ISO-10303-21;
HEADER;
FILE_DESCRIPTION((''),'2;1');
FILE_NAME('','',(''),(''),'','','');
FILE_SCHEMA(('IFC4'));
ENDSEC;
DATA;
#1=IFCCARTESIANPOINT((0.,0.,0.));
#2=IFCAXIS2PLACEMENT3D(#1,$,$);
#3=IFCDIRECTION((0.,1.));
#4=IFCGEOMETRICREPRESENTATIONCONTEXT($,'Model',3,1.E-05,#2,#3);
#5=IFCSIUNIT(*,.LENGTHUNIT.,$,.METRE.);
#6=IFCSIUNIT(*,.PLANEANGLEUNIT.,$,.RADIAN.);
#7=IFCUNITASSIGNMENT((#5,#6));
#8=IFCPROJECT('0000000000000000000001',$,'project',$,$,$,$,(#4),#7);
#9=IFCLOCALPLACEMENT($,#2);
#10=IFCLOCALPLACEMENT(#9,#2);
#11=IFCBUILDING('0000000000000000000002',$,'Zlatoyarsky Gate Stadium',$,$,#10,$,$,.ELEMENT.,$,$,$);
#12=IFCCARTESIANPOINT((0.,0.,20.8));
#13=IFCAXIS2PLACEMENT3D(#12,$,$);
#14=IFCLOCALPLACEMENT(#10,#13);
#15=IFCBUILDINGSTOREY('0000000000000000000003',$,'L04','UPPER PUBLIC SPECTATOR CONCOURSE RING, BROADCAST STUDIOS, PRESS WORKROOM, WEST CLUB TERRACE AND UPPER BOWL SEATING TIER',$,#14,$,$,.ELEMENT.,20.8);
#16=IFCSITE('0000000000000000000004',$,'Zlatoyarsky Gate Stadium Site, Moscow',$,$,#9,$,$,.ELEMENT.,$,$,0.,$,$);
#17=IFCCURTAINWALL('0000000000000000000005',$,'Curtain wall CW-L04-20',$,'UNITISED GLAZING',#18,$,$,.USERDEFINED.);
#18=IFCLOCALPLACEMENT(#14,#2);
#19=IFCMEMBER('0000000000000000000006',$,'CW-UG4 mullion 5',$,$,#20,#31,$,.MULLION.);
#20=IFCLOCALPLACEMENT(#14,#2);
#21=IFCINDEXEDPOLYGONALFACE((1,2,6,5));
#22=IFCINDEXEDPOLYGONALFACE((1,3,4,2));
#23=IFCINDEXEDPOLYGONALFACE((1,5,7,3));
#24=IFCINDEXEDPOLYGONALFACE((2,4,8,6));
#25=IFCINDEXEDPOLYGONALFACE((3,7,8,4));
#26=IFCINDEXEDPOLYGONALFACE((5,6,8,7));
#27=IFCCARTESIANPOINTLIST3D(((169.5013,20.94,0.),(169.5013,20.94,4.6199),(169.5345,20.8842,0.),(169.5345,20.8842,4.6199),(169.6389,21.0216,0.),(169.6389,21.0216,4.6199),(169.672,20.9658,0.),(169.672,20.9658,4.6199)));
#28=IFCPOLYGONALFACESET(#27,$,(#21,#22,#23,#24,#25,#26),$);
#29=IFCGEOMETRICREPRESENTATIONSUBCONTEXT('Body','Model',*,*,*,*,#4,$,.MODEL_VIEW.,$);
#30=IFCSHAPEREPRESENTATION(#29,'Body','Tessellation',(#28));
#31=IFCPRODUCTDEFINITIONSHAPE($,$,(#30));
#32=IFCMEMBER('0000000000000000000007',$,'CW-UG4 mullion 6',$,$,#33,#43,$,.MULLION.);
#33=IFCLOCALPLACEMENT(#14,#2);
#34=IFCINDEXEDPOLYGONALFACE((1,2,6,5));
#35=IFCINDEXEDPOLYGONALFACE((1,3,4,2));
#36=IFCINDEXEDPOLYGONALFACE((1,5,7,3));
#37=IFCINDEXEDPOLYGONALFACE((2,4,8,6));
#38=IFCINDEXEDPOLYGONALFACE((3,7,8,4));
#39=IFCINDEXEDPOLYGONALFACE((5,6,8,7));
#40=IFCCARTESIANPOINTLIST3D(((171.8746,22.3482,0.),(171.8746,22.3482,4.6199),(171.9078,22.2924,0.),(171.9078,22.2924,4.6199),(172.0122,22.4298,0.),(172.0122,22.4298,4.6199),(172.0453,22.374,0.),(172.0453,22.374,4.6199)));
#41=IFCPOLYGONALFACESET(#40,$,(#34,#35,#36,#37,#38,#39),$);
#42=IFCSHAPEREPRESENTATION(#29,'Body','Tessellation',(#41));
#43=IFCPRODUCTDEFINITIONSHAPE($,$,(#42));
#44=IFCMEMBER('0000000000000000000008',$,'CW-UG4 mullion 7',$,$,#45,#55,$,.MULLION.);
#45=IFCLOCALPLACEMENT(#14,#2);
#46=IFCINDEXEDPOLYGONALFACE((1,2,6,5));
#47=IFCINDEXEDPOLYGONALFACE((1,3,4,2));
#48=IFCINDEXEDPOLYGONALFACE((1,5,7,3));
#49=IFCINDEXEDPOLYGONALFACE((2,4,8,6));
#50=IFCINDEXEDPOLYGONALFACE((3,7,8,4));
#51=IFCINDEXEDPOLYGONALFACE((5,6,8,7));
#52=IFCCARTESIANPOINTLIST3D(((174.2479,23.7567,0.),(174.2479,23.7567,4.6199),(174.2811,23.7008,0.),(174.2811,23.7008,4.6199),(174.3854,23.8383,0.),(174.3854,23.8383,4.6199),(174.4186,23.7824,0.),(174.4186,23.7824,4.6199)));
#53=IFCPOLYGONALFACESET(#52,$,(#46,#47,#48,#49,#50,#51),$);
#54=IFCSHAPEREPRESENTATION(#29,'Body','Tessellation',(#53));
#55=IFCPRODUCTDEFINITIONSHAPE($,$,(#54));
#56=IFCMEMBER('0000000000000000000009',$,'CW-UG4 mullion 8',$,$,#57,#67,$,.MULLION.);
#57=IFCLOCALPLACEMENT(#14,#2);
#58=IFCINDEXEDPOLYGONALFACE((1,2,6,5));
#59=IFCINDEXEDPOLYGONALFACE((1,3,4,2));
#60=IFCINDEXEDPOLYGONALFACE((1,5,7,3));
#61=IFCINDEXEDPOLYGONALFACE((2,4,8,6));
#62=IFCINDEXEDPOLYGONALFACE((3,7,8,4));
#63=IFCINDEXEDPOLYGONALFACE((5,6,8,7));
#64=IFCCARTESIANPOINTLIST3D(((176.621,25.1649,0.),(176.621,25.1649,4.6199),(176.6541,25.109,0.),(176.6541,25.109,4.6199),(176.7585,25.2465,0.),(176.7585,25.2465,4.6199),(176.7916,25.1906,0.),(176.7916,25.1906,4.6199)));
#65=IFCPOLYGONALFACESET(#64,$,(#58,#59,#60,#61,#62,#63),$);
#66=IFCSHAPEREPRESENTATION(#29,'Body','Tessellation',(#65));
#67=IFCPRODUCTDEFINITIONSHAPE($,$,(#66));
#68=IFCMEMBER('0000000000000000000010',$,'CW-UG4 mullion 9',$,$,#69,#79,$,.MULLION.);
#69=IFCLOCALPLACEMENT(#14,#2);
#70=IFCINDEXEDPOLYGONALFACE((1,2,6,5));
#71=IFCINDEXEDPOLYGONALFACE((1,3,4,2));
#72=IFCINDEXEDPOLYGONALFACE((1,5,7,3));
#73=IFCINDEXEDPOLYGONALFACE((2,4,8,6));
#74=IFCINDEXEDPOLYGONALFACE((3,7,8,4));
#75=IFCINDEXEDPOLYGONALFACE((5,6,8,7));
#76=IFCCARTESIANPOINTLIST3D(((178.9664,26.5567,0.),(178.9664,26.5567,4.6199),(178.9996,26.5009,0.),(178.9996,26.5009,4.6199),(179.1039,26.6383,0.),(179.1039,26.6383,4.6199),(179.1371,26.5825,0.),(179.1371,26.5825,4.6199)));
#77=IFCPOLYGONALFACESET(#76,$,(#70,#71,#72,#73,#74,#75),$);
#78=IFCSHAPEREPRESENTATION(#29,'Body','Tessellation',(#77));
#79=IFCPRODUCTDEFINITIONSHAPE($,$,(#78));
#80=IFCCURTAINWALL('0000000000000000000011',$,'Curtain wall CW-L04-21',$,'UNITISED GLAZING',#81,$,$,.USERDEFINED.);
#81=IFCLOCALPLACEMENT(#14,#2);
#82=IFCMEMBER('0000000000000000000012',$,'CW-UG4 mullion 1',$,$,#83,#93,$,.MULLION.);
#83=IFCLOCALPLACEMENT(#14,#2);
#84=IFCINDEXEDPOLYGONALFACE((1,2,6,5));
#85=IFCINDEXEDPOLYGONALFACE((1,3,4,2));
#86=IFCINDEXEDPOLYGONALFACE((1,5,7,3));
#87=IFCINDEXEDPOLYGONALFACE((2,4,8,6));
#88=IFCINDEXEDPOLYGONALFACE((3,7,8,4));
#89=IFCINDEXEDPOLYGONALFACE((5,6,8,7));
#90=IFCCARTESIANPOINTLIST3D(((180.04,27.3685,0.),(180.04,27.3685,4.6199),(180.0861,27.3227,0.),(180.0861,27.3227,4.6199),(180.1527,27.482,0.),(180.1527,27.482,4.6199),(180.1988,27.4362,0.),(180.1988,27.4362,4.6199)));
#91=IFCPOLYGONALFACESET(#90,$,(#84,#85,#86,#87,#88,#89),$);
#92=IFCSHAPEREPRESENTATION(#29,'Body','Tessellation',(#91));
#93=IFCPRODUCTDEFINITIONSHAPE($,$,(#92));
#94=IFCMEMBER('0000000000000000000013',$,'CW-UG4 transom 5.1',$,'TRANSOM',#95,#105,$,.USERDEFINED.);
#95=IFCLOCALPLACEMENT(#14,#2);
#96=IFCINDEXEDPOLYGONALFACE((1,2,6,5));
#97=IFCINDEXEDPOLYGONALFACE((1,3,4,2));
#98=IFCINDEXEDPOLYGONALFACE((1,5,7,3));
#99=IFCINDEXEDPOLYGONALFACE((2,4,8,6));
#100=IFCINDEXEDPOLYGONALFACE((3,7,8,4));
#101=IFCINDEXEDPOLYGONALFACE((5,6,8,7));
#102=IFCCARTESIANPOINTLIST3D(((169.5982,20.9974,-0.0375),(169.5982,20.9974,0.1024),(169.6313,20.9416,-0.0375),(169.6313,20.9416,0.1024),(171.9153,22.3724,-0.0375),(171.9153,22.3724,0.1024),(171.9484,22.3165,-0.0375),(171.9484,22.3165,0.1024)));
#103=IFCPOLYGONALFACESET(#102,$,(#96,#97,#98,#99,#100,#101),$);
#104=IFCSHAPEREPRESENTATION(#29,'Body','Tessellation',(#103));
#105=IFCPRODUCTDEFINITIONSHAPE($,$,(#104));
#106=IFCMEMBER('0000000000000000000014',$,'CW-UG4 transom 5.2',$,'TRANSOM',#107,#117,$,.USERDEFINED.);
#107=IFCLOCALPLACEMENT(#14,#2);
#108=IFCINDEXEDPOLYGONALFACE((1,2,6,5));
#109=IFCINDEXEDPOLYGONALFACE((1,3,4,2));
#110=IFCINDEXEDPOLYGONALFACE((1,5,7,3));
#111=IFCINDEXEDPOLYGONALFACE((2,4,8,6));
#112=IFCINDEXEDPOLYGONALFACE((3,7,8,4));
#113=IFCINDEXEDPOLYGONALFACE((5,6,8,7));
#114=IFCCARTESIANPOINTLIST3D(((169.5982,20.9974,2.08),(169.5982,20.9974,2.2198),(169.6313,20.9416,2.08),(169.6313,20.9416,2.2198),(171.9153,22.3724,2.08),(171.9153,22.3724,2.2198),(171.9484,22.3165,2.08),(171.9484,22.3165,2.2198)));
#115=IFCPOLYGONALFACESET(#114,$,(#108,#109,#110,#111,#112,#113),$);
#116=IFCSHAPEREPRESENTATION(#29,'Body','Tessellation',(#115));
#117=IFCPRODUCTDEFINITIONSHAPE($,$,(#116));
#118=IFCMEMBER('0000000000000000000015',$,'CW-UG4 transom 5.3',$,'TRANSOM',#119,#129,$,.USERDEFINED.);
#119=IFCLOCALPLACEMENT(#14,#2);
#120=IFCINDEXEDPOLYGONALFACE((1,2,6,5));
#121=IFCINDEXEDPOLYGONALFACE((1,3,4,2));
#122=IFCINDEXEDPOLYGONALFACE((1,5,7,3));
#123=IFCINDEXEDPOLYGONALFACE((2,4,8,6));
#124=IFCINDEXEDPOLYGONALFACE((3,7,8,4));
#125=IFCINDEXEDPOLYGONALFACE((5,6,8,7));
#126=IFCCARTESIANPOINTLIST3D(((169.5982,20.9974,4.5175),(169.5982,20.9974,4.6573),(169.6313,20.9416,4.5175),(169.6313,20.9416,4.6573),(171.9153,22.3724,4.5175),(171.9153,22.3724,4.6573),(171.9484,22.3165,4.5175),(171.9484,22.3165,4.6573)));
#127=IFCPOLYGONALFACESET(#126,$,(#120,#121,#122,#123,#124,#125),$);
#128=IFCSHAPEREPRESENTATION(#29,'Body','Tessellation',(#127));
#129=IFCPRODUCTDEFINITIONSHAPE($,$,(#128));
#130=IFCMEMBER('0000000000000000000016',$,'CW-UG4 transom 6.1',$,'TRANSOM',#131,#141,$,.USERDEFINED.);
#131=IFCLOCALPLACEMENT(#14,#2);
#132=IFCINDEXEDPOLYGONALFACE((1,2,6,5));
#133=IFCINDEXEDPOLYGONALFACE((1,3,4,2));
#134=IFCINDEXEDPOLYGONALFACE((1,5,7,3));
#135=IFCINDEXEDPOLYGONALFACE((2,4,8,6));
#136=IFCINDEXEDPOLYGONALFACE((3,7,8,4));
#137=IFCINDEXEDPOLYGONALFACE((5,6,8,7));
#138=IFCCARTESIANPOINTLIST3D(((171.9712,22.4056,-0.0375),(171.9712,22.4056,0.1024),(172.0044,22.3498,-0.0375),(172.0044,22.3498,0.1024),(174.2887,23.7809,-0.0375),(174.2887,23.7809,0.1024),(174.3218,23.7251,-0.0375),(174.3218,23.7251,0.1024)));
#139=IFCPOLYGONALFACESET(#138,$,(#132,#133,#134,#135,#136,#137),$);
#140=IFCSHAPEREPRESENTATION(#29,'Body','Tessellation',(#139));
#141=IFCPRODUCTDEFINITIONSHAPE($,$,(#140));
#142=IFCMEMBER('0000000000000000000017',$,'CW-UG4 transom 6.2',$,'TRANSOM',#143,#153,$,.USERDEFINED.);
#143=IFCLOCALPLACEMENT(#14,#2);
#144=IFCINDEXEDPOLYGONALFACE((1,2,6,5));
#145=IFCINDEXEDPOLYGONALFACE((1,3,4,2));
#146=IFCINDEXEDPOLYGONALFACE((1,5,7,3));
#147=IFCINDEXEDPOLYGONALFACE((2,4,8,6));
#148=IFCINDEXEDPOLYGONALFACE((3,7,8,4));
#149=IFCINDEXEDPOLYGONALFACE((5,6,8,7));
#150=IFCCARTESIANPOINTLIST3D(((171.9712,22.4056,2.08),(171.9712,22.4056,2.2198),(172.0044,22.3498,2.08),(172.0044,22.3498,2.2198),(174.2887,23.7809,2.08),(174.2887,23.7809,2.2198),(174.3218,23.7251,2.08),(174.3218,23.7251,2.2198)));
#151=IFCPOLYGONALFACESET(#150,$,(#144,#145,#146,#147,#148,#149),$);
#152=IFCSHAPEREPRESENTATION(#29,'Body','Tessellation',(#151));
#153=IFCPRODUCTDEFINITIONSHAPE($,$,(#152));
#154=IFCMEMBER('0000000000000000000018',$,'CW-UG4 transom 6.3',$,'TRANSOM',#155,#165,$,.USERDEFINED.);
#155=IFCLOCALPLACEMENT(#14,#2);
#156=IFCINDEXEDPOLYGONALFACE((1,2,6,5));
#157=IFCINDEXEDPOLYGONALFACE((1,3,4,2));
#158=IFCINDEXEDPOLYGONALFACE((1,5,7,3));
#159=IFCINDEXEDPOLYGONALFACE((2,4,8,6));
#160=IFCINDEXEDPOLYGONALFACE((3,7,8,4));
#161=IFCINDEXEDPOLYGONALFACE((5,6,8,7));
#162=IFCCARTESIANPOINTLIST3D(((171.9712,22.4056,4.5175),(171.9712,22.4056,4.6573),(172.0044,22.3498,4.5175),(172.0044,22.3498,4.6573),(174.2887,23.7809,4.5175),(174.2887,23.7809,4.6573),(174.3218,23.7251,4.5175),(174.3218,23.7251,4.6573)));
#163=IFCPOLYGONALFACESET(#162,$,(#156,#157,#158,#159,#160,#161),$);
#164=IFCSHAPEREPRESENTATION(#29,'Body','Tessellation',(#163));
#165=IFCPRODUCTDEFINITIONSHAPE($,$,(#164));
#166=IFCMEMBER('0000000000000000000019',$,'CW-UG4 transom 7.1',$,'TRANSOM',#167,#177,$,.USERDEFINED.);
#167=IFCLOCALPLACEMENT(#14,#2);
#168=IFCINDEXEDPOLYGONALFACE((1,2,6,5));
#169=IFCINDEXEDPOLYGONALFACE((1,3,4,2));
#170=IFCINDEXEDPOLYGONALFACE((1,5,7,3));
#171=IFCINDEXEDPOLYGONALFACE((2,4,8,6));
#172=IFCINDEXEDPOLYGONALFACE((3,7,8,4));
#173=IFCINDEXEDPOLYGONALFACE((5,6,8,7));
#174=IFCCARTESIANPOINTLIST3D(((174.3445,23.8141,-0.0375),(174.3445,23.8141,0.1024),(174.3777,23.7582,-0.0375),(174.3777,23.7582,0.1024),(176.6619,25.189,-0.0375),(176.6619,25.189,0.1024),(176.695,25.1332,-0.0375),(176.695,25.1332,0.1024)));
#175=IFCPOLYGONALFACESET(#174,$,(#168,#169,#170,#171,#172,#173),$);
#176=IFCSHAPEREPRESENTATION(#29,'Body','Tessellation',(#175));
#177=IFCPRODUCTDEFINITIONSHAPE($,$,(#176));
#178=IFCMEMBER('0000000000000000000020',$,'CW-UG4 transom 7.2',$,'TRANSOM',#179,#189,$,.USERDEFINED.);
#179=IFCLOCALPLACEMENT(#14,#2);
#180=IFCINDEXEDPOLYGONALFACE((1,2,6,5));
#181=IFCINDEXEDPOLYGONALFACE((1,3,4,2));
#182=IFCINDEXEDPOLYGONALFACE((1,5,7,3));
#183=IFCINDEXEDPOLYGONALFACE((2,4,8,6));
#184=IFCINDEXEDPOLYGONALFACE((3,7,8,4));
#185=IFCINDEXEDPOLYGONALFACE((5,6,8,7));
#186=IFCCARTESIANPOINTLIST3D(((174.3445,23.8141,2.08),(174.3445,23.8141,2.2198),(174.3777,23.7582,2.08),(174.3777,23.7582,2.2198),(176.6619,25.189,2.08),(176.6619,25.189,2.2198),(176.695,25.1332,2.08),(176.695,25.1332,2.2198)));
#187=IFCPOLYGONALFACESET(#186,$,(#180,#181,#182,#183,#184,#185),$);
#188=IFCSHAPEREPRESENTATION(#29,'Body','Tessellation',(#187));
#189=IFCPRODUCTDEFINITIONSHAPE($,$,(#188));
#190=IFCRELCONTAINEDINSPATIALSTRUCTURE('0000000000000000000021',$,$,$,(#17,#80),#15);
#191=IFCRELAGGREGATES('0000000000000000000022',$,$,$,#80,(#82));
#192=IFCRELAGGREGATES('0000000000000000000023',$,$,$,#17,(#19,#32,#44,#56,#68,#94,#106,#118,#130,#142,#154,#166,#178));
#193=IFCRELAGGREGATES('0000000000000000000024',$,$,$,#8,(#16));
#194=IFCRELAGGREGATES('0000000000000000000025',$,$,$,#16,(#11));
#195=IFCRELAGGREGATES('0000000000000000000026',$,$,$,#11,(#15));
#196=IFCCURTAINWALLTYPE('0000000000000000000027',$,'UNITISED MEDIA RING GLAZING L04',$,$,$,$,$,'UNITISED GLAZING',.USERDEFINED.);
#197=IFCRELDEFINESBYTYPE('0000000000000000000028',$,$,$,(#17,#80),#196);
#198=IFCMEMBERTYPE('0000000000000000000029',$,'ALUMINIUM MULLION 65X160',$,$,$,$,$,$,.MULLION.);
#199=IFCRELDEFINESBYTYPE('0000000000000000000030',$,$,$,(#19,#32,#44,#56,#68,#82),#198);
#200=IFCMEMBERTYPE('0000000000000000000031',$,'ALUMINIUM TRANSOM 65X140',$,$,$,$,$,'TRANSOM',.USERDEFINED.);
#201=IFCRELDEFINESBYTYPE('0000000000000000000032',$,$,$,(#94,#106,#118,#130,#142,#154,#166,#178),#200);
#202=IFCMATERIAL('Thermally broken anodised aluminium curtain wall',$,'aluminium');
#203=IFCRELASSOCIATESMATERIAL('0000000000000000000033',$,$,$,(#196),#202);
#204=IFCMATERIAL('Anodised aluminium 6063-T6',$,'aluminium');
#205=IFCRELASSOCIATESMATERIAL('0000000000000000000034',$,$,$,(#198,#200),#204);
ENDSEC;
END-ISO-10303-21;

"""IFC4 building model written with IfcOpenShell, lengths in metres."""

from ifc_helpers import new_model, si_unit, direction, frame, origin, origin_2d, place, context, subcontext, project, spatial, rectangle, extrude, material, material_profile, profile_set, type_object, element, aggregate, save


model = new_model("IFC4")

# Units and contexts
model_context = context("Model", 3, precision=1e-05, world=origin(), true_north=direction((0.0, 1.0)))
body_context = subcontext(model_context, "Body", "Model", "MODEL_VIEW")
ifc_project = project(units=[si_unit("LENGTHUNIT", "METRE"), si_unit("PLANEANGLEUNIT", "RADIAN")], contexts=[model_context])

# Site, building, storey
site_placement = place(None, origin())
site = spatial("IfcSite", under=ifc_project, at=site_placement, Name="Zlatoyarsky Gate Stadium Site, Moscow", CompositionType="ELEMENT", RefElevation=0.0)
building_placement = place(site_placement, origin())
building = spatial("IfcBuilding", under=site, at=building_placement, Name="Zlatoyarsky Gate Stadium", CompositionType="ELEMENT")
storey_placement = place(building_placement, frame((0.0, 0.0, 20.8)))
storey = spatial("IfcBuildingStorey", under=building, at=storey_placement, Name="L04", Description="UPPER PUBLIC SPECTATOR CONCOURSE RING, BROADCAST STUDIOS, PRESS WORKROOM, WEST CLUB TERRACE AND UPPER BOWL SEATING TIER", CompositionType="ELEMENT", Elevation=20.8)

# Curtain wall, members
ifc_material_1 = material(Name="Thermally broken anodised aluminium curtain wall", Category="aluminium")
curtain_wall_type = type_object("IfcCurtainWallType", Name="UNITISED MEDIA RING GLAZING L04", ElementType="UNITISED GLAZING", PredefinedType="USERDEFINED", material=ifc_material_1)
curtain_wall_1_placement = place(storey_placement, origin())
curtain_wall_1 = element("IfcCurtainWall", 1, at=curtain_wall_1_placement, inside=storey, type_object=curtain_wall_type, Name="Curtain wall CW-L04-20", ObjectType="UNITISED GLAZING", PredefinedType="USERDEFINED")
ifc_material_2 = material(Name="Anodised aluminium 6063-T6", Category="aluminium")
ifc_material_profile_1 = material_profile(ifc_material_2, rectangle(XDim=0.0649, YDim=0.1599, at=origin_2d()), Name="ALU 65X160")
ifc_profile_set_1 = profile_set([ifc_material_profile_1], Name="Anodised aluminium 6063-T6")
member_type_1 = type_object("IfcMemberType", Name="ALUMINIUM MULLION 65X160", PredefinedType="MULLION", material=ifc_profile_set_1)
member_1_placement = place(storey_placement, frame((169.5867, 20.9529, 0.0), z_axis=(0.0, 0.0, 1.0), x_axis=(-0.51033, 0.859978, 0.0)))
member_1 = element("IfcMember", 2, at=member_1_placement, type_object=member_type_1, Name="CW-UG4 mullion 5", PredefinedType="MULLION", context=body_context, shape_type="SweptSolid", body=[
    extrude(rectangle(XDim=0.0649, YDim=0.1599, at=origin_2d()), origin(), (0.0, 0.0, 1.0), 4.6199),
])
member_2_placement = place(storey_placement, frame((171.96, 22.3611, 0.0), z_axis=(0.0, 0.0, 1.0), x_axis=(-0.51033, 0.859978, 0.0)))
member_2 = element("IfcMember", 3, at=member_2_placement, type_object=member_type_1, Name="CW-UG4 mullion 6", PredefinedType="MULLION", context=body_context, shape_type="SweptSolid", body=[
    extrude(rectangle(XDim=0.0649, YDim=0.1599, at=origin_2d()), origin(), (0.0, 0.0, 1.0), 4.6199),
])
member_3_placement = place(storey_placement, frame((174.3333, 23.7695, 0.0), z_axis=(0.0, 0.0, 1.0), x_axis=(-0.51033, 0.859978, 0.0)))
member_3 = element("IfcMember", 4, at=member_3_placement, type_object=member_type_1, Name="CW-UG4 mullion 7", PredefinedType="MULLION", context=body_context, shape_type="SweptSolid", body=[
    extrude(rectangle(XDim=0.0649, YDim=0.1599, at=origin_2d()), origin(), (0.0, 0.0, 1.0), 4.6199),
])
member_4_placement = place(storey_placement, frame((176.7063, 25.1777, 0.0), z_axis=(0.0, 0.0, 1.0), x_axis=(-0.51033, 0.859978, 0.0)))
member_4 = element("IfcMember", 5, at=member_4_placement, type_object=member_type_1, Name="CW-UG4 mullion 8", PredefinedType="MULLION", context=body_context, shape_type="SweptSolid", body=[
    extrude(rectangle(XDim=0.0649, YDim=0.1599, at=origin_2d()), origin(), (0.0, 0.0, 1.0), 4.6199),
])
member_5_placement = place(storey_placement, frame((179.0518, 26.5696, 0.0), z_axis=(0.0, 0.0, 1.0), x_axis=(-0.51033, 0.859978, 0.0)))
member_5 = element("IfcMember", 6, at=member_5_placement, type_object=member_type_1, Name="CW-UG4 mullion 9", PredefinedType="MULLION", context=body_context, shape_type="SweptSolid", body=[
    extrude(rectangle(XDim=0.0649, YDim=0.1599, at=origin_2d()), origin(), (0.0, 0.0, 1.0), 4.6199),
])

# Curtain wall, member
curtain_wall_2_placement = place(storey_placement, origin())
curtain_wall_2 = element("IfcCurtainWall", 7, at=curtain_wall_2_placement, inside=storey, type_object=curtain_wall_type, Name="Curtain wall CW-L04-21", ObjectType="UNITISED GLAZING", PredefinedType="USERDEFINED")
member_6_placement = place(storey_placement, frame((180.1194, 27.4023, 0.0), z_axis=(0.0, 0.0, 1.0), x_axis=(-0.709871, 0.704332, 0.0)))
member_6 = element("IfcMember", 8, at=member_6_placement, type_object=member_type_1, Name="CW-UG4 mullion 1", PredefinedType="MULLION", context=body_context, shape_type="SweptSolid", body=[
    extrude(rectangle(XDim=0.0649, YDim=0.1599, at=origin_2d()), origin(), (0.0, 0.0, 1.0), 4.6199),
])
aggregate(curtain_wall_2, [member_6])

# Members
ifc_material_profile_2 = material_profile(ifc_material_2, rectangle(XDim=0.0649, YDim=0.1399, at=origin_2d()), Name="ALU 65X140")
ifc_profile_set_2 = profile_set([ifc_material_profile_2], Name="Anodised aluminium 6063-T6")
member_type_2 = type_object("IfcMemberType", Name="ALUMINIUM TRANSOM 65X140", ElementType="TRANSOM", PredefinedType="USERDEFINED", material=ifc_profile_set_2)
member_7_placement = place(storey_placement, frame((169.6147, 20.9695, 0.0325), z_axis=(0.859985, 0.510319, 0.0), x_axis=(-0.510319, 0.859985, 0.0)))
member_7 = element("IfcMember", 9, at=member_7_placement, type_object=member_type_2, Name="CW-UG4 transom 5.1", ObjectType="TRANSOM", PredefinedType="USERDEFINED", context=body_context, shape_type="SweptSolid", body=[
    extrude(rectangle(XDim=0.0649, YDim=0.1399, at=origin_2d()), origin(), (0.0, 0.0, 1.0), 2.6943),
])
member_8_placement = place(storey_placement, frame((169.6147, 20.9695, 2.1499), z_axis=(0.859985, 0.510319, 0.0), x_axis=(-0.510319, 0.859985, 0.0)))
member_8 = element("IfcMember", 10, at=member_8_placement, type_object=member_type_2, Name="CW-UG4 transom 5.2", ObjectType="TRANSOM", PredefinedType="USERDEFINED", context=body_context, shape_type="SweptSolid", body=[
    extrude(rectangle(XDim=0.0649, YDim=0.1399, at=origin_2d()), origin(), (0.0, 0.0, 1.0), 2.6943),
])
member_9_placement = place(storey_placement, frame((169.6147, 20.9695, 4.5874), z_axis=(0.859985, 0.510319, 0.0), x_axis=(-0.510319, 0.859985, 0.0)))
member_9 = element("IfcMember", 11, at=member_9_placement, type_object=member_type_2, Name="CW-UG4 transom 5.3", ObjectType="TRANSOM", PredefinedType="USERDEFINED", context=body_context, shape_type="SweptSolid", body=[
    extrude(rectangle(XDim=0.0649, YDim=0.1399, at=origin_2d()), origin(), (0.0, 0.0, 1.0), 2.6943),
])
member_10_placement = place(storey_placement, frame((171.9878, 22.3777, 0.0325), z_axis=(0.859969, 0.510346, 0.0), x_axis=(-0.510346, 0.859969, 0.0)))
member_10 = element("IfcMember", 12, at=member_10_placement, type_object=member_type_2, Name="CW-UG4 transom 6.1", ObjectType="TRANSOM", PredefinedType="USERDEFINED", context=body_context, shape_type="SweptSolid", body=[
    extrude(rectangle(XDim=0.0649, YDim=0.1399, at=origin_2d()), origin(), (0.0, 0.0, 1.0), 2.6948),
])
member_11_placement = place(storey_placement, frame((171.9878, 22.3777, 2.1499), z_axis=(0.859969, 0.510346, 0.0), x_axis=(-0.510346, 0.859969, 0.0)))
member_11 = element("IfcMember", 13, at=member_11_placement, type_object=member_type_2, Name="CW-UG4 transom 6.2", ObjectType="TRANSOM", PredefinedType="USERDEFINED", context=body_context, shape_type="SweptSolid", body=[
    extrude(rectangle(XDim=0.0649, YDim=0.1399, at=origin_2d()), origin(), (0.0, 0.0, 1.0), 2.6948),
])
member_12_placement = place(storey_placement, frame((171.9878, 22.3777, 4.5874), z_axis=(0.859969, 0.510346, 0.0), x_axis=(-0.510346, 0.859969, 0.0)))
member_12 = element("IfcMember", 14, at=member_12_placement, type_object=member_type_2, Name="CW-UG4 transom 6.3", ObjectType="TRANSOM", PredefinedType="USERDEFINED", context=body_context, shape_type="SweptSolid", body=[
    extrude(rectangle(XDim=0.0649, YDim=0.1399, at=origin_2d()), origin(), (0.0, 0.0, 1.0), 2.6948),
])
member_13_placement = place(storey_placement, frame((174.3611, 23.7861, 0.0325), z_axis=(0.860009, 0.510279, 0.0), x_axis=(-0.510279, 0.860009, 0.0)))
member_13 = element("IfcMember", 15, at=member_13_placement, type_object=member_type_2, Name="CW-UG4 transom 7.1", ObjectType="TRANSOM", PredefinedType="USERDEFINED", context=body_context, shape_type="SweptSolid", body=[
    extrude(rectangle(XDim=0.0649, YDim=0.1399, at=origin_2d()), origin(), (0.0, 0.0, 1.0), 2.6946),
])
member_14_placement = place(storey_placement, frame((174.3611, 23.7861, 2.1499), z_axis=(0.860009, 0.510279, 0.0), x_axis=(-0.510279, 0.860009, 0.0)))
member_14 = element("IfcMember", 16, at=member_14_placement, type_object=member_type_2, Name="CW-UG4 transom 7.2", ObjectType="TRANSOM", PredefinedType="USERDEFINED", context=body_context, shape_type="SweptSolid", body=[
    extrude(rectangle(XDim=0.0649, YDim=0.1399, at=origin_2d()), origin(), (0.0, 0.0, 1.0), 2.6946),
])

aggregate(curtain_wall_1, [member_1, member_2, member_3, member_4, member_5, member_7, member_8, member_9, member_10, member_11, member_12, member_13, member_14])

save(model, "model.ifc")
